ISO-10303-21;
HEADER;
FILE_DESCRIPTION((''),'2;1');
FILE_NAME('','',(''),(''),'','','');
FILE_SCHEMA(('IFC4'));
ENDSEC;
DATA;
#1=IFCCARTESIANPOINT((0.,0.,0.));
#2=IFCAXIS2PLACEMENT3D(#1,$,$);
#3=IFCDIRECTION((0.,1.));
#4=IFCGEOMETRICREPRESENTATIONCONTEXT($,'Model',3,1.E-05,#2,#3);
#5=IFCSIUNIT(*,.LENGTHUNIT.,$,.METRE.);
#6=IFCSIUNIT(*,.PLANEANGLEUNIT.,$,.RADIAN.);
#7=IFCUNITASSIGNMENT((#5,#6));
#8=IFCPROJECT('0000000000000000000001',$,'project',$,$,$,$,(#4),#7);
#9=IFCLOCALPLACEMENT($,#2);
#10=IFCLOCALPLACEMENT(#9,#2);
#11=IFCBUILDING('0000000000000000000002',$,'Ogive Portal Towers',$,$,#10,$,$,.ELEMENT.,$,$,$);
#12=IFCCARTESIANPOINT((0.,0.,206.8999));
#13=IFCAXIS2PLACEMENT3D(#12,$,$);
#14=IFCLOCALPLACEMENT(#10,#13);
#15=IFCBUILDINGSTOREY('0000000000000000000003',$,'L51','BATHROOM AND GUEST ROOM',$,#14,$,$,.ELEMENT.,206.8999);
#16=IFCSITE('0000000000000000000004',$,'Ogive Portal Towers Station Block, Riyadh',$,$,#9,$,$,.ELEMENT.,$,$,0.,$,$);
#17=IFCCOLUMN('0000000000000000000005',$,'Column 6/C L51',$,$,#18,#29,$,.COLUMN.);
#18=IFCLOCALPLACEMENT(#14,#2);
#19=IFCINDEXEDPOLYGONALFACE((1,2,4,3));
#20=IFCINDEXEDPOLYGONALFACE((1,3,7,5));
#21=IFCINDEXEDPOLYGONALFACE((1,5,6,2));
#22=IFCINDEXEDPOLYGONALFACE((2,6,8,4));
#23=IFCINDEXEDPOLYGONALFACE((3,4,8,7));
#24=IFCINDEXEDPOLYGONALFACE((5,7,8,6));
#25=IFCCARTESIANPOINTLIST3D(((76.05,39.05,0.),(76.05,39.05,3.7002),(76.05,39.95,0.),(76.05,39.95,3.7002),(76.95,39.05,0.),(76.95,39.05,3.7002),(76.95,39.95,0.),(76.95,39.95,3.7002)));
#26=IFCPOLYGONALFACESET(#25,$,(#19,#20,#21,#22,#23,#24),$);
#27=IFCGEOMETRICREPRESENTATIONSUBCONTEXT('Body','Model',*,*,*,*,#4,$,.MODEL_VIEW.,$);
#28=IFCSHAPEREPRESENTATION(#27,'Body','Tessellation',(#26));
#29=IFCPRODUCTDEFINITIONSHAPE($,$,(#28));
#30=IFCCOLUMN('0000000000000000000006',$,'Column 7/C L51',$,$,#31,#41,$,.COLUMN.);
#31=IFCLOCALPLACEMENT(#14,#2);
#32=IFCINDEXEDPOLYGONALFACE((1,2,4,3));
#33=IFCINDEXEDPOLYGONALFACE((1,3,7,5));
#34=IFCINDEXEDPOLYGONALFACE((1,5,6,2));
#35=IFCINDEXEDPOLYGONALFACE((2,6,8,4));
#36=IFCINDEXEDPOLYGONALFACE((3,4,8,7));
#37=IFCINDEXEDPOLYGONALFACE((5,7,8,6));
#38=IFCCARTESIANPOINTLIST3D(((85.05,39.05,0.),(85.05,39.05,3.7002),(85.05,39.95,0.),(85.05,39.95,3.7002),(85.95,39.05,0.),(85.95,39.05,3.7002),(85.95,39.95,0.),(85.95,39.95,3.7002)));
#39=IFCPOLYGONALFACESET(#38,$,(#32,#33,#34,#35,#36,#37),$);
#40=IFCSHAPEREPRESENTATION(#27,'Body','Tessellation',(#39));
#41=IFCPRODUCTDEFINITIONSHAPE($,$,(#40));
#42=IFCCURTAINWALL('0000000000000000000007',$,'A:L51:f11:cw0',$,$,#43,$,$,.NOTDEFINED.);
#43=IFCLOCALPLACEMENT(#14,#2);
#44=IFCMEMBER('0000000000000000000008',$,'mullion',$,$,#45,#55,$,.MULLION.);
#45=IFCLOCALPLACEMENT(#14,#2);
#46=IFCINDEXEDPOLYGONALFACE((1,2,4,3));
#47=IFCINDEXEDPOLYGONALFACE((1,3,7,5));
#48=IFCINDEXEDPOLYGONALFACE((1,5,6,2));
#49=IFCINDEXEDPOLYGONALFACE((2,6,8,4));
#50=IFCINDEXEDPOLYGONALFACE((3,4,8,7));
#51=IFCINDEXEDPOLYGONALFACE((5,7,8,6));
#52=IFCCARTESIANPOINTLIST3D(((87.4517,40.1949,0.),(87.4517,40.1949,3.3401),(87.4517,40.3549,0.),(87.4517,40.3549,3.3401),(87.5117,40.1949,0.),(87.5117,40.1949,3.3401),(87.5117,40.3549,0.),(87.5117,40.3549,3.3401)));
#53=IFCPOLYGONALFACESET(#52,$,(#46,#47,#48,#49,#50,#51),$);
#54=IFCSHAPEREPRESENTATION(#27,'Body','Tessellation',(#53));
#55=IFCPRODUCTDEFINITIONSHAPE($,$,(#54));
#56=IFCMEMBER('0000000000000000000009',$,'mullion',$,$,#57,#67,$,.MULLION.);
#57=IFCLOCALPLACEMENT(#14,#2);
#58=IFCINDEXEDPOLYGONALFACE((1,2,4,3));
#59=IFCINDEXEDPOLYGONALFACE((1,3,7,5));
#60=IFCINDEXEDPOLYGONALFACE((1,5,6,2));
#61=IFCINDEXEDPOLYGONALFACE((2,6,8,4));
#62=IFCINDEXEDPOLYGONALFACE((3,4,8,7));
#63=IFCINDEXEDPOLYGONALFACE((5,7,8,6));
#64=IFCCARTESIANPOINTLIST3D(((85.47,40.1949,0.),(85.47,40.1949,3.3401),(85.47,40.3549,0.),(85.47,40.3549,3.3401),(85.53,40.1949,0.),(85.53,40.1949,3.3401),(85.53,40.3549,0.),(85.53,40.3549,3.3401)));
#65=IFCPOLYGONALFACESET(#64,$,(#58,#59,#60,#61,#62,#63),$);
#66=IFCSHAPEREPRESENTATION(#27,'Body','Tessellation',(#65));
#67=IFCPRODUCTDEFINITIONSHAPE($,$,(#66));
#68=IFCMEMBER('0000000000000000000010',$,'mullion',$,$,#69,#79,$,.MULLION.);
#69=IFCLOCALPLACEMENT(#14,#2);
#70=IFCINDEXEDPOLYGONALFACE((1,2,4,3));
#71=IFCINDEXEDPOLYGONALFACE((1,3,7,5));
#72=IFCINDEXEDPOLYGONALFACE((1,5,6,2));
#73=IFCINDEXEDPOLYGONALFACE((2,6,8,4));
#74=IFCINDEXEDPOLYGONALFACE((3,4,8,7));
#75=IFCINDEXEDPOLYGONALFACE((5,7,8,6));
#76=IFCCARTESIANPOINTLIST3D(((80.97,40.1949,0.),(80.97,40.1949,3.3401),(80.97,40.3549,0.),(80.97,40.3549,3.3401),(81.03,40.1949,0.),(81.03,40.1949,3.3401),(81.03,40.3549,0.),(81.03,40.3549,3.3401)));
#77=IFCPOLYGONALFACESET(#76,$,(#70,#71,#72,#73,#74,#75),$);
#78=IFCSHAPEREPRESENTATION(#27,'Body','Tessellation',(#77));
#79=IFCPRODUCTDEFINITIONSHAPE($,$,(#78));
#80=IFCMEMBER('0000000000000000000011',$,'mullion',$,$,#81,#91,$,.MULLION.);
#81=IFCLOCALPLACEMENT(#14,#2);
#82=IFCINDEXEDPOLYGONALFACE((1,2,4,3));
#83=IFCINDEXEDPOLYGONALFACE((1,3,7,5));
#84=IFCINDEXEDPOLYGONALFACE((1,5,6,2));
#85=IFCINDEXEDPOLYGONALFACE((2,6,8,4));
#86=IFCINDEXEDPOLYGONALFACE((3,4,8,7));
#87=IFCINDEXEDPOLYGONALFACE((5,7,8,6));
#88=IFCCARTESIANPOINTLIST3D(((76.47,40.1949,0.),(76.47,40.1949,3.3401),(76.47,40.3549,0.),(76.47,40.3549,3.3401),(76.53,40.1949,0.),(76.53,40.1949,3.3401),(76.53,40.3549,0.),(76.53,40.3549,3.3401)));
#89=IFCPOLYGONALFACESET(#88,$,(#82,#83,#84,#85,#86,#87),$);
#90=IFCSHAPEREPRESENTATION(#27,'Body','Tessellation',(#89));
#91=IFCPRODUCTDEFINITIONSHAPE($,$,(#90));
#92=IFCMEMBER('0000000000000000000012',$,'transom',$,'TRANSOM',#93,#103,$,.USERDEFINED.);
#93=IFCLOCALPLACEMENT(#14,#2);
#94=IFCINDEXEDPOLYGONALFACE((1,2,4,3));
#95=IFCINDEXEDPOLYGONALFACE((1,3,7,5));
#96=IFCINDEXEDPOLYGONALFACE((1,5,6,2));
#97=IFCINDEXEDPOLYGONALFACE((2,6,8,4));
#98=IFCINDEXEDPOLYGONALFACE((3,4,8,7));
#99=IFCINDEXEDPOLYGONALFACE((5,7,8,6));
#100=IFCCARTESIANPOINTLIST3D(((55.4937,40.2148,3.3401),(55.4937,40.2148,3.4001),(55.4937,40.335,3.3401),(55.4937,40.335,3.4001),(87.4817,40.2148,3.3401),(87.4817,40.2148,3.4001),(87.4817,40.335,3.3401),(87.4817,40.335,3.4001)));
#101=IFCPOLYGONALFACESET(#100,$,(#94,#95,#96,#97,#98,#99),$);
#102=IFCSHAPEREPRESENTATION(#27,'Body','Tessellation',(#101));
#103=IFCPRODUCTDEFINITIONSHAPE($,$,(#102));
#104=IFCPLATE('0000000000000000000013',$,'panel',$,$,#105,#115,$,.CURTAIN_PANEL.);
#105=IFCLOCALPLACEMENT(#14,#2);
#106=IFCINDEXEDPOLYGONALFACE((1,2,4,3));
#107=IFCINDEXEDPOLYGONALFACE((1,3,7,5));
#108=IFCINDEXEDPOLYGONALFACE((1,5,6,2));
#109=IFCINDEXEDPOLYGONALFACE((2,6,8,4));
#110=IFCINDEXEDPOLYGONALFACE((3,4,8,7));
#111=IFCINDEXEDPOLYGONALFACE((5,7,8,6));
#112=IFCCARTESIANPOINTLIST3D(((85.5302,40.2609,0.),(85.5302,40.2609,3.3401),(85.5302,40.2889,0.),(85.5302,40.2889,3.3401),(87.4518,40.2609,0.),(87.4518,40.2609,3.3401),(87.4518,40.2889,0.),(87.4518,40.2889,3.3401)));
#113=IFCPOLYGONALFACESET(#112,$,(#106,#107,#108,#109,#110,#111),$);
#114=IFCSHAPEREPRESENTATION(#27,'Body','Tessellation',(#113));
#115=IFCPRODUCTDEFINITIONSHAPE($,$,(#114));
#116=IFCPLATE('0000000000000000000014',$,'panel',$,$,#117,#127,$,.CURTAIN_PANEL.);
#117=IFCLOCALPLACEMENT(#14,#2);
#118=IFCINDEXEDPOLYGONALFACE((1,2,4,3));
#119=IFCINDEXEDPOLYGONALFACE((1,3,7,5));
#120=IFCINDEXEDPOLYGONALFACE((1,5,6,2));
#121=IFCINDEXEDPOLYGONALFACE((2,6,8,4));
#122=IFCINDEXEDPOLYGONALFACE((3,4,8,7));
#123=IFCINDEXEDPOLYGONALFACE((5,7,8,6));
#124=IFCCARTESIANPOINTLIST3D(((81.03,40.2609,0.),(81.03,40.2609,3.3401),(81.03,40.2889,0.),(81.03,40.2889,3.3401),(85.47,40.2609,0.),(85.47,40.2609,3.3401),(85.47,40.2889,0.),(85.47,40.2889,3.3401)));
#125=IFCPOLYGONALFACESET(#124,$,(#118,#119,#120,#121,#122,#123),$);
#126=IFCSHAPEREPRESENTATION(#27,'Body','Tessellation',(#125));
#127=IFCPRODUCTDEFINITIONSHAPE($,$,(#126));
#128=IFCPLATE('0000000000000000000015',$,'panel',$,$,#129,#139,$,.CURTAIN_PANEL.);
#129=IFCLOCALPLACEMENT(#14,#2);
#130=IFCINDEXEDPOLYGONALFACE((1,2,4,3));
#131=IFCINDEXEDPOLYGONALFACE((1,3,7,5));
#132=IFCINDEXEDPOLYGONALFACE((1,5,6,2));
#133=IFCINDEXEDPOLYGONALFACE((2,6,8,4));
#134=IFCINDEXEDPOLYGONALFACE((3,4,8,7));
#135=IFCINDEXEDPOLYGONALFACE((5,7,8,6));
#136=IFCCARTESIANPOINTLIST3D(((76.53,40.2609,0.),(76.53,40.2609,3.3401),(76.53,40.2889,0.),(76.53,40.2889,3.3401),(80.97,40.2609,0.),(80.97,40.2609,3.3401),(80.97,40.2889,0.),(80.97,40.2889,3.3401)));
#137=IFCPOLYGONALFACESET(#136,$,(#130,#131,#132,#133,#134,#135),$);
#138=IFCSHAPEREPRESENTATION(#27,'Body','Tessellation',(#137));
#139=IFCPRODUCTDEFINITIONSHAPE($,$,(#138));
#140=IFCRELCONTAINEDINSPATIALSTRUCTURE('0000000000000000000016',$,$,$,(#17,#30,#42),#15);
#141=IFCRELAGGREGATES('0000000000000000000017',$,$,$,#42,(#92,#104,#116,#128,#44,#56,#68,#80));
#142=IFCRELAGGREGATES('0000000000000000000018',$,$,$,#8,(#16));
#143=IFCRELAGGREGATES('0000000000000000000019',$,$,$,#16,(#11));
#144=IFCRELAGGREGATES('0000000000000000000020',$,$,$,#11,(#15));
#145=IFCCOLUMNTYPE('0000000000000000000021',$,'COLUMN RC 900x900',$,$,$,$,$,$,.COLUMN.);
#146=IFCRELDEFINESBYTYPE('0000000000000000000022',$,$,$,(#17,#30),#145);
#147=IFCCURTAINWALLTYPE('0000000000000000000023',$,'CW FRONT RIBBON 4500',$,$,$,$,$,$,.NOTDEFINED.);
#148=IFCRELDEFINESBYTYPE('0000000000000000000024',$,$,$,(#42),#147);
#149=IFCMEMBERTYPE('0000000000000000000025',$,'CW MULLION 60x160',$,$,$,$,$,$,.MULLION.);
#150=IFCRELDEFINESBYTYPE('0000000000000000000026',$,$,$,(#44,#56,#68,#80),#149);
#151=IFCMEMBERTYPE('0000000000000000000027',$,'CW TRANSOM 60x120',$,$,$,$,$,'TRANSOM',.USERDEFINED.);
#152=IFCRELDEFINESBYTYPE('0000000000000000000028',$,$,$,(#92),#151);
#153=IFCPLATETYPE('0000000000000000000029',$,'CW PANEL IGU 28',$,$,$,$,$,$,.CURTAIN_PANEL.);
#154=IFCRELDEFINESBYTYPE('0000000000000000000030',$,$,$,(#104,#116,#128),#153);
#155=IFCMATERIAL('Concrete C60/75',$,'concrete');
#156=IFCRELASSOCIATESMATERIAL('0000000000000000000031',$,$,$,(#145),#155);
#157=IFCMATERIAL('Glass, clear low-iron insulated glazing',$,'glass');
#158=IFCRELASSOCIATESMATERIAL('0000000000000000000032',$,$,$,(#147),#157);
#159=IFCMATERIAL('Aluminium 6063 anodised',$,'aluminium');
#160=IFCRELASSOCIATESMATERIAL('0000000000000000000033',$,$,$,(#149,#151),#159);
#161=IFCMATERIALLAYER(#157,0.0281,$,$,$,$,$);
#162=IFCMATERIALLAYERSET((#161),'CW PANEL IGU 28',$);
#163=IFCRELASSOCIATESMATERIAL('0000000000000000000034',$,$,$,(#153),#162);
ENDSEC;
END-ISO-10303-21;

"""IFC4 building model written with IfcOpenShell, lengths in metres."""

from ifc_helpers import new_model, si_unit, direction, frame, origin, origin_2d, place, context, subcontext, project, spatial, rectangle, extrude, material, layer, layer_set, material_profile, profile_set, type_object, element, aggregate, save


model = new_model("IFC4")

# Units and contexts
model_context = context("Model", 3, precision=1e-05, world=origin(), true_north=direction((0.0, 1.0)))
body_context = subcontext(model_context, "Body", "Model", "MODEL_VIEW")
ifc_project = project(units=[si_unit("LENGTHUNIT", "METRE"), si_unit("PLANEANGLEUNIT", "RADIAN")], contexts=[model_context])

# Site, building, storey
site_placement = place(None, origin())
site = spatial("IfcSite", under=ifc_project, at=site_placement, Name="Ogive Portal Towers Station Block, Riyadh", CompositionType="ELEMENT", RefElevation=0.0)
building_placement = place(site_placement, origin())
building = spatial("IfcBuilding", under=site, at=building_placement, Name="Ogive Portal Towers", CompositionType="ELEMENT")
storey_placement = place(building_placement, frame((0.0, 0.0, 206.8999)))
storey = spatial("IfcBuildingStorey", under=building, at=storey_placement, Name="L51", Description="BATHROOM AND GUEST ROOM", CompositionType="ELEMENT", Elevation=206.8999)

# Columns
ifc_material_1 = material(Name="Concrete C60/75", Category="concrete")
ifc_material_profile_1 = material_profile(ifc_material_1, rectangle(XDim=0.8999, YDim=0.8999, at=origin_2d()), Name="RC 900x900")
ifc_profile_set_1 = profile_set([ifc_material_profile_1], Name="Concrete C60/75")
column_type = type_object("IfcColumnType", Name="COLUMN RC 900x900", PredefinedType="COLUMN", material=ifc_profile_set_1)
for number, where, z_axis, x_axis, name in (
    (1, (76.5, 39.5, 0.0), (0.0, 0.0, 1.0), (1.0, 0.0, 0.0), "Column 6/C L51"),
    (2, (85.5, 39.5, 0.0), (0.0, 0.0, 1.0), (1.0, 0.0, 0.0), "Column 7/C L51"),
):
    element("IfcColumn", number, at=place(storey_placement, frame(where, z_axis=z_axis, x_axis=x_axis)), inside=storey, type_object=column_type, Name=name, PredefinedType="COLUMN", context=body_context, shape_type="SweptSolid", body=[
        extrude(rectangle(XDim=0.8999, YDim=0.8999, at=origin_2d()), origin(), (0.0, 0.0, 1.0), 3.7002),
    ])

# Curtain wall, members, plates
ifc_material_2 = material(Name="Glass, clear low-iron insulated glazing", Category="glass")
curtain_wall_type = type_object("IfcCurtainWallType", Name="CW FRONT RIBBON 4500", PredefinedType="NOTDEFINED", material=ifc_material_2)
curtain_wall_placement = place(storey_placement, origin())
curtain_wall = element("IfcCurtainWall", 3, at=curtain_wall_placement, inside=storey, type_object=curtain_wall_type, Name="A:L51:f11:cw0", PredefinedType="NOTDEFINED")
ifc_material_3 = material(Name="Aluminium 6063 anodised", Category="aluminium")
ifc_material_profile_2 = material_profile(ifc_material_3, rectangle(XDim=0.1599, YDim=0.0601, at=origin_2d()), Name="AL 60x160")
ifc_profile_set_2 = profile_set([ifc_material_profile_2], Name="Aluminium 6063 anodised")
member_type_1 = type_object("IfcMemberType", Name="CW MULLION 60x160", PredefinedType="MULLION", material=ifc_profile_set_2)
member_1_placement = place(storey_placement, frame((87.4817, 40.2749, 0.0), z_axis=(0.0, 0.0, 1.0), x_axis=(0.0, -1.0, 0.0)))
member_1 = element("IfcMember", 4, at=member_1_placement, type_object=member_type_1, Name="mullion", PredefinedType="MULLION", context=body_context, shape_type="SweptSolid", body=[
    extrude(rectangle(XDim=0.1599, YDim=0.0601, at=origin_2d()), origin(), (0.0, 0.0, 1.0), 3.3401),
])
member_2_placement = place(storey_placement, frame((85.5, 40.2749, 0.0), z_axis=(0.0, 0.0, 1.0), x_axis=(0.0, -1.0, 0.0)))
member_2 = element("IfcMember", 5, at=member_2_placement, type_object=member_type_1, Name="mullion", PredefinedType="MULLION", context=body_context, shape_type="SweptSolid", body=[
    extrude(rectangle(XDim=0.1599, YDim=0.0601, at=origin_2d()), origin(), (0.0, 0.0, 1.0), 3.3401),
])
member_3_placement = place(storey_placement, frame((81.0, 40.2749, 0.0), z_axis=(0.0, 0.0, 1.0), x_axis=(0.0, -1.0, 0.0)))
member_3 = element("IfcMember", 6, at=member_3_placement, type_object=member_type_1, Name="mullion", PredefinedType="MULLION", context=body_context, shape_type="SweptSolid", body=[
    extrude(rectangle(XDim=0.1599, YDim=0.0601, at=origin_2d()), origin(), (0.0, 0.0, 1.0), 3.3401),
])
member_4_placement = place(storey_placement, frame((76.5, 40.2749, 0.0), z_axis=(0.0, 0.0, 1.0), x_axis=(0.0, -1.0, 0.0)))
member_4 = element("IfcMember", 7, at=member_4_placement, type_object=member_type_1, Name="mullion", PredefinedType="MULLION", context=body_context, shape_type="SweptSolid", body=[
    extrude(rectangle(XDim=0.1599, YDim=0.0601, at=origin_2d()), origin(), (0.0, 0.0, 1.0), 3.3401),
])
ifc_material_profile_3 = material_profile(ifc_material_3, rectangle(XDim=0.1201, YDim=0.0601, at=origin_2d()), Name="AL 120x60")
ifc_profile_set_3 = profile_set([ifc_material_profile_3], Name="Aluminium 6063 anodised")
member_type_2 = type_object("IfcMemberType", Name="CW TRANSOM 60x120", ElementType="TRANSOM", PredefinedType="USERDEFINED", material=ifc_profile_set_3)
member_5_placement = place(storey_placement, frame((87.4817, 40.2749, 3.3701), z_axis=(-1.0, 0.0, 0.0), x_axis=(0.0, -1.0, 0.0)))
member_5 = element("IfcMember", 8, at=member_5_placement, type_object=member_type_2, Name="transom", ObjectType="TRANSOM", PredefinedType="USERDEFINED", context=body_context, shape_type="SweptSolid", body=[
    extrude(rectangle(XDim=0.1201, YDim=0.0601, at=origin_2d()), origin(), (0.0, 0.0, 1.0), 31.988),
])
ifc_layer_1 = layer(ifc_material_2, 0.0281)
ifc_layer_set_1 = layer_set([ifc_layer_1], Name="CW PANEL IGU 28")
plate_type = type_object("IfcPlateType", Name="CW PANEL IGU 28", PredefinedType="CURTAIN_PANEL", material=ifc_layer_set_1)
plate_1_placement = place(storey_placement, frame((86.491, 40.2749, 0.0), z_axis=(0.0, 0.0, 1.0), x_axis=(-1.0, 0.0, 0.0)))
plate_1 = element("IfcPlate", 9, at=plate_1_placement, type_object=plate_type, Name="panel", PredefinedType="CURTAIN_PANEL", context=body_context, shape_type="SweptSolid", body=[
    extrude(rectangle(XDim=1.9216, YDim=0.0281, at=origin_2d()), origin(), (0.0, 0.0, 1.0), 3.3401),
])
plate_2_placement = place(storey_placement, frame((83.25, 40.2749, 0.0), z_axis=(0.0, 0.0, 1.0), x_axis=(-1.0, 0.0, 0.0)))
plate_2 = element("IfcPlate", 10, at=plate_2_placement, type_object=plate_type, Name="panel", PredefinedType="CURTAIN_PANEL", context=body_context, shape_type="SweptSolid", body=[
    extrude(rectangle(XDim=4.4399, YDim=0.0281, at=origin_2d()), origin(), (0.0, 0.0, 1.0), 3.3401),
])
plate_3_placement = place(storey_placement, frame((78.75, 40.2749, 0.0), z_axis=(0.0, 0.0, 1.0), x_axis=(-1.0, 0.0, 0.0)))
plate_3 = element("IfcPlate", 11, at=plate_3_placement, type_object=plate_type, Name="panel", PredefinedType="CURTAIN_PANEL", context=body_context, shape_type="SweptSolid", body=[
    extrude(rectangle(XDim=4.4399, YDim=0.0281, at=origin_2d()), origin(), (0.0, 0.0, 1.0), 3.3401),
])
aggregate(curtain_wall, [member_5, plate_1, plate_2, plate_3, member_1, member_2, member_3, member_4])

save(model, "model.ifc")
